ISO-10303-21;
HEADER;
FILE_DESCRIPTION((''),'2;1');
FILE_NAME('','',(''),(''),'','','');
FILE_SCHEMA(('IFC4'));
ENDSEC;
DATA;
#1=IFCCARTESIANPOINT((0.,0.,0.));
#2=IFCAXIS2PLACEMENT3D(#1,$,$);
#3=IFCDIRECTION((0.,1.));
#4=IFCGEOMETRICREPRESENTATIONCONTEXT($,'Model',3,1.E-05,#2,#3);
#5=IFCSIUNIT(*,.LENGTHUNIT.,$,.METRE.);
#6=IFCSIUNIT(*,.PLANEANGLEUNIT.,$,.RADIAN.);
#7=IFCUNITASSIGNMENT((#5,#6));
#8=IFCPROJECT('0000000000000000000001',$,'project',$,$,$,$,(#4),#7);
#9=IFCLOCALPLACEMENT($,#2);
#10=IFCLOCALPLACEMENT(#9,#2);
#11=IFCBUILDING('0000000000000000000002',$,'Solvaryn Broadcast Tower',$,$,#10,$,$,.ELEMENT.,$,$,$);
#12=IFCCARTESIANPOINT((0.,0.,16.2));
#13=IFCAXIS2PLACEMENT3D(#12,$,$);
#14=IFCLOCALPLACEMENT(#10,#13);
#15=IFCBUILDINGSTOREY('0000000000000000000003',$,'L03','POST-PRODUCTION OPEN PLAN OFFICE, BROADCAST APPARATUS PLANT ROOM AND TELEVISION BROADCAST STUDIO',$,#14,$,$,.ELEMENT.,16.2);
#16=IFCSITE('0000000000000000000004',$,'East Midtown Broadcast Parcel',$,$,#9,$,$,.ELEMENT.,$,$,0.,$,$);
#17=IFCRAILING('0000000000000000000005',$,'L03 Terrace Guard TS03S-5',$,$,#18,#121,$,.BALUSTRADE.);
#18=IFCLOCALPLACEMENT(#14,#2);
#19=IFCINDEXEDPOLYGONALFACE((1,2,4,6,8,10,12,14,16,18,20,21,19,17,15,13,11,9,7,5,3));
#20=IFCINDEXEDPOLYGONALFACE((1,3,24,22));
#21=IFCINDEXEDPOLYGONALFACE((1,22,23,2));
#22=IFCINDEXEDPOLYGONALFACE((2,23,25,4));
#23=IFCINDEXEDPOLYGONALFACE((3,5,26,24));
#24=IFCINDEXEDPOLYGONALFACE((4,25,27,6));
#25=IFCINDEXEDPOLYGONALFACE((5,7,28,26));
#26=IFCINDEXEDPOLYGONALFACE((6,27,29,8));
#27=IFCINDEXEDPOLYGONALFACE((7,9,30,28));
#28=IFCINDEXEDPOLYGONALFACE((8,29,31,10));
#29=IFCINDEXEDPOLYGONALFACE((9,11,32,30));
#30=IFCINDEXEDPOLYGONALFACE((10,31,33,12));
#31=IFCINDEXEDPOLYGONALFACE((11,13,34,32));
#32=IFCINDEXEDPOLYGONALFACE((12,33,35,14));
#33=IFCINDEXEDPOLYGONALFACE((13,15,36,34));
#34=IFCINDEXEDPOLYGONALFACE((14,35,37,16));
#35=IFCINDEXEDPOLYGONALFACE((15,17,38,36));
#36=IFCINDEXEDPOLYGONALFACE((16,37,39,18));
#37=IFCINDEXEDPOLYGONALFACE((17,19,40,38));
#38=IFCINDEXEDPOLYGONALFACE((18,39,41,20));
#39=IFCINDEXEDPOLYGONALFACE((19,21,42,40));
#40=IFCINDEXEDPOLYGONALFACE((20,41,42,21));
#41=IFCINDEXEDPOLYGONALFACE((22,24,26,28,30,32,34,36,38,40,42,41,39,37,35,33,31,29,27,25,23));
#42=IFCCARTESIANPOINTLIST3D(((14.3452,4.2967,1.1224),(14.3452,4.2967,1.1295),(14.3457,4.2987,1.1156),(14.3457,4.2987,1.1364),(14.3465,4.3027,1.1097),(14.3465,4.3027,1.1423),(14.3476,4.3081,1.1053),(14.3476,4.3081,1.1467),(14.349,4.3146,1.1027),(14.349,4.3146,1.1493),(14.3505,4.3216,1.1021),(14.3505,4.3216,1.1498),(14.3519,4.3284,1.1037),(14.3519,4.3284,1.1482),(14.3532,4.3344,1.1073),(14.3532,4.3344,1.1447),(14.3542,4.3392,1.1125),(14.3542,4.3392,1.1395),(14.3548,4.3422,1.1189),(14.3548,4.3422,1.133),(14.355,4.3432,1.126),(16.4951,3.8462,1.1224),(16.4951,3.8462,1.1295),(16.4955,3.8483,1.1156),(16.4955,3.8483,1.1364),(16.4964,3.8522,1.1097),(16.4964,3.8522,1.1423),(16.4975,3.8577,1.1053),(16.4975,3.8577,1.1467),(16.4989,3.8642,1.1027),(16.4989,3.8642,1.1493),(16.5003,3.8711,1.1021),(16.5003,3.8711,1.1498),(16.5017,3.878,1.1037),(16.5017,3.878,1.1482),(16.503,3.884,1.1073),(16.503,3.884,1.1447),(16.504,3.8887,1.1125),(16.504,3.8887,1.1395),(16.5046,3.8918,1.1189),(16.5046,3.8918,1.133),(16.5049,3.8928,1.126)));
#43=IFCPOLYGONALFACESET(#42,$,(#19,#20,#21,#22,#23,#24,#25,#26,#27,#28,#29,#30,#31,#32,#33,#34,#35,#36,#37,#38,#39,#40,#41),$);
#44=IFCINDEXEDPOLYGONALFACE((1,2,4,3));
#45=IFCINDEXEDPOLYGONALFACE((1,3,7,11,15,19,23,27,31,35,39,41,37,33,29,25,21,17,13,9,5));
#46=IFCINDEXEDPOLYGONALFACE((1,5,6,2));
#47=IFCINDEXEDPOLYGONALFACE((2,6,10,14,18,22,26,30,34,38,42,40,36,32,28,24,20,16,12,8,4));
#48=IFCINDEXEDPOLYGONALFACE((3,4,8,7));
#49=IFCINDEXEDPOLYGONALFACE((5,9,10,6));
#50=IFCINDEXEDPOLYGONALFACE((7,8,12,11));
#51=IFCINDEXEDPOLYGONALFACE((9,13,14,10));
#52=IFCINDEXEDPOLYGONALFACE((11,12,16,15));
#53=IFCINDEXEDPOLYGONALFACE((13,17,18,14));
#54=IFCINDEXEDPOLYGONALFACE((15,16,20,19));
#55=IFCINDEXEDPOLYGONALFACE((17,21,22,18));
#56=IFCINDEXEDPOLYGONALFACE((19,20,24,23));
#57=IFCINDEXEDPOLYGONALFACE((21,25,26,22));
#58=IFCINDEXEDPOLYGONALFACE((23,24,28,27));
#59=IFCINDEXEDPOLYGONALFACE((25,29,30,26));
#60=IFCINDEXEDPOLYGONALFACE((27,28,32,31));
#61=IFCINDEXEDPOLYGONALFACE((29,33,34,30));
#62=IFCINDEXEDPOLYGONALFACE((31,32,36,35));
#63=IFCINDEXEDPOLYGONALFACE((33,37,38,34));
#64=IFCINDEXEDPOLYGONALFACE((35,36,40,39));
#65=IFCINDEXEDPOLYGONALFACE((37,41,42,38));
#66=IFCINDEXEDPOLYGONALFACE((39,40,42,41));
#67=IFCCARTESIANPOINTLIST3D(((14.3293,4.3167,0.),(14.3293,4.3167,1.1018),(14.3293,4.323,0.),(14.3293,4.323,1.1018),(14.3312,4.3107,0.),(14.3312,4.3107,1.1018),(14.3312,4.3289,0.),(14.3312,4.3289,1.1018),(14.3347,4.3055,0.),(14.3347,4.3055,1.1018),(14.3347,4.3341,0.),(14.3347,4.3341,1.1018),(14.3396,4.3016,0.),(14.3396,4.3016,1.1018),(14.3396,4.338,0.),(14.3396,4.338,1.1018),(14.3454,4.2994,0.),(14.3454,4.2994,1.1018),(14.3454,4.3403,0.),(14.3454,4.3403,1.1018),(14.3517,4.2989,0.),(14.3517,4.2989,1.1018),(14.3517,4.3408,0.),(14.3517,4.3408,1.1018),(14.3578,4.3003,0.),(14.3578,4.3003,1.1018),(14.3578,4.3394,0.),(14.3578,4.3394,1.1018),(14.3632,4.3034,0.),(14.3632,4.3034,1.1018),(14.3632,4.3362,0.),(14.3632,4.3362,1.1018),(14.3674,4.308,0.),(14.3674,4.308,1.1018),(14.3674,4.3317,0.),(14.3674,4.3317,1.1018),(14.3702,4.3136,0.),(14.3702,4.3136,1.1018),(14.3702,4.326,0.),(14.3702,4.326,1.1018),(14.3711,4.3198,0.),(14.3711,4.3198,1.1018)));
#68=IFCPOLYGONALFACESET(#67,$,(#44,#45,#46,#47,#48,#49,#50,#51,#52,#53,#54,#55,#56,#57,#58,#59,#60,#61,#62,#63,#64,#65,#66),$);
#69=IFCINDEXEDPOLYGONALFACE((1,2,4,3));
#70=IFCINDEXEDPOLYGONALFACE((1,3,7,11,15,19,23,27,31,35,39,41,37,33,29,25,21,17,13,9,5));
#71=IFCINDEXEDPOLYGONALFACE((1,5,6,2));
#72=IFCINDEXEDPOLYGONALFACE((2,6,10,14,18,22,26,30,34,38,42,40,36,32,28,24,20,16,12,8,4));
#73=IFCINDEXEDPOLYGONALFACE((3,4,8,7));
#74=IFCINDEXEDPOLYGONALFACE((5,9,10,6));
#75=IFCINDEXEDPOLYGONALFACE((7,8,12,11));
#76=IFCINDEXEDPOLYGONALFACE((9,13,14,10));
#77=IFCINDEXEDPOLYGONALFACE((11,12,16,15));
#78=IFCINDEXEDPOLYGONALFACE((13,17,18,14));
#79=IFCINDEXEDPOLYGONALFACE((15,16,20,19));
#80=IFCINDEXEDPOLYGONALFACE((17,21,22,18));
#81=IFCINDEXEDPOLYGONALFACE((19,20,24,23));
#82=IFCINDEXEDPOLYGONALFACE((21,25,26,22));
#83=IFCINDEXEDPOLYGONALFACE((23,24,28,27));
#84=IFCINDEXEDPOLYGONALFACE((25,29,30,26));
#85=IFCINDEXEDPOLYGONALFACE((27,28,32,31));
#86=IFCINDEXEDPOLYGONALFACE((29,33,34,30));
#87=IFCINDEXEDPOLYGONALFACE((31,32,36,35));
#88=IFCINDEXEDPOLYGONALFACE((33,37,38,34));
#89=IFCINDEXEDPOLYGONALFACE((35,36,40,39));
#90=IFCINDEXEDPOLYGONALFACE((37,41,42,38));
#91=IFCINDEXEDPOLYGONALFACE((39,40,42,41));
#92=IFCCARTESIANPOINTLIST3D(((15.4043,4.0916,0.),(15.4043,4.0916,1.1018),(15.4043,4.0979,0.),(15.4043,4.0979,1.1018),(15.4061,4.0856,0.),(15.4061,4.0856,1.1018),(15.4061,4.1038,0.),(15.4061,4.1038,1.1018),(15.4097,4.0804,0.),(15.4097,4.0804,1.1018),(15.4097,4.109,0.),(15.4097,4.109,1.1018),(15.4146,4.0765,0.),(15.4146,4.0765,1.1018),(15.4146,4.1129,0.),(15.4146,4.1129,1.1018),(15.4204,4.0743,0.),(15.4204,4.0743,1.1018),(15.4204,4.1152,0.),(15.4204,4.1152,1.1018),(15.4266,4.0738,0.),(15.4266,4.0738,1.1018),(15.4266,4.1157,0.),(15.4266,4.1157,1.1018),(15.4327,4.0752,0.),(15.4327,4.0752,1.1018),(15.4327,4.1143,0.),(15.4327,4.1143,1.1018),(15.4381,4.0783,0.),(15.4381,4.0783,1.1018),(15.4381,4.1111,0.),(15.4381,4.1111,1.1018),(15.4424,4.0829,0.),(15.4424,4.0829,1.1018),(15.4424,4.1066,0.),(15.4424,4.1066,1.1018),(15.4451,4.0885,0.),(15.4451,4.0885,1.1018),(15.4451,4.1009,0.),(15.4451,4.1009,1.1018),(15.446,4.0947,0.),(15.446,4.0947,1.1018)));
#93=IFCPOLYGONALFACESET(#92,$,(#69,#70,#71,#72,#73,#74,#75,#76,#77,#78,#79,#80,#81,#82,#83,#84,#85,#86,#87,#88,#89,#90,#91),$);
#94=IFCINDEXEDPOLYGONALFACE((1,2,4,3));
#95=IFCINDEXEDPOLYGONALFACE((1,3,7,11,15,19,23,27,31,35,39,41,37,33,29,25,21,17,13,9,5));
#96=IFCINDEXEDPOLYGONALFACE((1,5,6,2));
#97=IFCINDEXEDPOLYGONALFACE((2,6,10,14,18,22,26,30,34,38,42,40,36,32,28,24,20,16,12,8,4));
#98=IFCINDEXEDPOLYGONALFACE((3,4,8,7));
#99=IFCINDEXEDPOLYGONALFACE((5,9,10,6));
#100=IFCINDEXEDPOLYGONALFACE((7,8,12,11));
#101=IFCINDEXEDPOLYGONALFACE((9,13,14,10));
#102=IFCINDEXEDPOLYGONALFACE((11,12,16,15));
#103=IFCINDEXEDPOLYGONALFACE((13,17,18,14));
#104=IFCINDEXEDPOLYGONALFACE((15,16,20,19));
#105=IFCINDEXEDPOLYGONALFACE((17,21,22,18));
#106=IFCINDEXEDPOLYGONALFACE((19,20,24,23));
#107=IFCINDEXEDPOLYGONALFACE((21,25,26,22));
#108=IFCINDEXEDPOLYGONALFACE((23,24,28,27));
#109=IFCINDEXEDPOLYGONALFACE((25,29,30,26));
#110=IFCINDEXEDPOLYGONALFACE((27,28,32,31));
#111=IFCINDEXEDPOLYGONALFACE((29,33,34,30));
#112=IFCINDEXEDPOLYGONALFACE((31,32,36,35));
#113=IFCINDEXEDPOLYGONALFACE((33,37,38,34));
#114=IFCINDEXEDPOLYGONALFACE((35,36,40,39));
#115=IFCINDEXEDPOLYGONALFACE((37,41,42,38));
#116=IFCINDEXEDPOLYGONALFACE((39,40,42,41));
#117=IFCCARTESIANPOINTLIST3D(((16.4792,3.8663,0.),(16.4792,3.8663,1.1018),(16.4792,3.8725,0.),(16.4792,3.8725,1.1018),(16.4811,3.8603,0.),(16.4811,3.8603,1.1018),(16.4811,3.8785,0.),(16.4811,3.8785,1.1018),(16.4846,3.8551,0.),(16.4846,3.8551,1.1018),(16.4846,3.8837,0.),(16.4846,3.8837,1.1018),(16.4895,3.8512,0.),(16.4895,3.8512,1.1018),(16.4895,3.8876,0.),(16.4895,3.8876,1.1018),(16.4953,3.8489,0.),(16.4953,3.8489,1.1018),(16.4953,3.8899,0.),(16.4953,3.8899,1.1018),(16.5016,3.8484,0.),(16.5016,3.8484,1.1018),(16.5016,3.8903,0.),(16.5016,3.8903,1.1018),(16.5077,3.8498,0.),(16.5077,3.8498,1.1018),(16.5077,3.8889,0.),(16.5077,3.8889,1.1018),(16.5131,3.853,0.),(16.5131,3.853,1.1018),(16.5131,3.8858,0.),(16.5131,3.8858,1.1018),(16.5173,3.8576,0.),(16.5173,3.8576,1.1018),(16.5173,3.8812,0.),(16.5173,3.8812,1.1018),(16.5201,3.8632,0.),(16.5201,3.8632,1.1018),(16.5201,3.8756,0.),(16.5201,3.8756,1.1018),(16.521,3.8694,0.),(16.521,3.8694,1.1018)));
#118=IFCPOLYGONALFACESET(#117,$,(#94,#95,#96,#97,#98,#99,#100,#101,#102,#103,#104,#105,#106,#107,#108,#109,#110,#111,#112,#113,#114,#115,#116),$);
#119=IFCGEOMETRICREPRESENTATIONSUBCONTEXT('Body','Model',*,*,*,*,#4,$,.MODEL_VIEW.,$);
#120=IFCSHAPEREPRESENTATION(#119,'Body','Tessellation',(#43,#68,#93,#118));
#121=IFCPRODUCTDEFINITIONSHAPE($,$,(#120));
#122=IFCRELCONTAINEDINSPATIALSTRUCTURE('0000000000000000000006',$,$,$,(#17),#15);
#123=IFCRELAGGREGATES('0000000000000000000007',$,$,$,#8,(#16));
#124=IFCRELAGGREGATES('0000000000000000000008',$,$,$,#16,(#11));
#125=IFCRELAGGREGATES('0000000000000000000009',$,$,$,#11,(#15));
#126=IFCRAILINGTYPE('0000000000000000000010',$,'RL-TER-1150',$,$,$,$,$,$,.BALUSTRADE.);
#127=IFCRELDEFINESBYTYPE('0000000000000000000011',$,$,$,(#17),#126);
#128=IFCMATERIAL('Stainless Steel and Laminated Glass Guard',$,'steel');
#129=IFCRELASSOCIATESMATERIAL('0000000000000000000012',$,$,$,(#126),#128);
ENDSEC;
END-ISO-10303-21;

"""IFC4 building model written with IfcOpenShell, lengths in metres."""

from ifc_helpers import new_model, si_unit, direction, frame, origin, origin_2d, place, context, subcontext, project, spatial, circle, extrude, material, type_object, element, save


model = new_model("IFC4")

# Units and contexts
model_context = context("Model", 3, precision=1e-05, world=origin(), true_north=direction((0.0, 1.0)))
body_context = subcontext(model_context, "Body", "Model", "MODEL_VIEW")
ifc_project = project(units=[si_unit("LENGTHUNIT", "METRE"), si_unit("PLANEANGLEUNIT", "RADIAN")], contexts=[model_context])

# Site, building, storey
site_placement = place(None, origin())
site = spatial("IfcSite", under=ifc_project, at=site_placement, Name="East Midtown Broadcast Parcel", CompositionType="ELEMENT", RefElevation=0.0)
building_placement = place(site_placement, origin())
building = spatial("IfcBuilding", under=site, at=building_placement, Name="Solvaryn Broadcast Tower", CompositionType="ELEMENT")
storey_placement = place(building_placement, frame((0.0, 0.0, 16.2)))
storey = spatial("IfcBuildingStorey", under=building, at=storey_placement, Name="L03", Description="POST-PRODUCTION OPEN PLAN OFFICE, BROADCAST APPARATUS PLANT ROOM AND TELEVISION BROADCAST STUDIO", CompositionType="ELEMENT", Elevation=16.2)

# Railing
ifc_material_1 = material(Name="Stainless Steel and Laminated Glass Guard", Category="steel")
railing_type = type_object("IfcRailingType", Name="RL-TER-1150", PredefinedType="BALUSTRADE", material=ifc_material_1)
railing_1_placement = place(storey_placement, frame((14.3501, 4.3198, 0.0)))
element("IfcRailing", 1, at=railing_1_placement, inside=storey, type_object=railing_type, Name="L03 Terrace Guard TS03S-5", PredefinedType="BALUSTRADE", context=body_context, shape_type="SweptSolid", body=[
    extrude(circle(Radius=0.0239, at=origin_2d()), frame((0.0, 0.0, 1.126), z_axis=(0.978749, -0.205064, 0.0), x_axis=(0.205064, 0.978749, 0.0)), (0.0, 0.0, 1.0), 2.1965),
    extrude(circle(Radius=0.021, at=origin_2d()), origin(), (0.0, 0.0, 1.0), 1.1018),
    extrude(circle(Radius=0.021, at=origin_2d()), frame((1.075, -0.2251, 0.0)), (0.0, 0.0, 1.0), 1.1018),
    extrude(circle(Radius=0.021, at=origin_2d()), frame((2.1499, -0.4504, 0.0)), (0.0, 0.0, 1.0), 1.1018),
])

save(model, "model.ifc")
